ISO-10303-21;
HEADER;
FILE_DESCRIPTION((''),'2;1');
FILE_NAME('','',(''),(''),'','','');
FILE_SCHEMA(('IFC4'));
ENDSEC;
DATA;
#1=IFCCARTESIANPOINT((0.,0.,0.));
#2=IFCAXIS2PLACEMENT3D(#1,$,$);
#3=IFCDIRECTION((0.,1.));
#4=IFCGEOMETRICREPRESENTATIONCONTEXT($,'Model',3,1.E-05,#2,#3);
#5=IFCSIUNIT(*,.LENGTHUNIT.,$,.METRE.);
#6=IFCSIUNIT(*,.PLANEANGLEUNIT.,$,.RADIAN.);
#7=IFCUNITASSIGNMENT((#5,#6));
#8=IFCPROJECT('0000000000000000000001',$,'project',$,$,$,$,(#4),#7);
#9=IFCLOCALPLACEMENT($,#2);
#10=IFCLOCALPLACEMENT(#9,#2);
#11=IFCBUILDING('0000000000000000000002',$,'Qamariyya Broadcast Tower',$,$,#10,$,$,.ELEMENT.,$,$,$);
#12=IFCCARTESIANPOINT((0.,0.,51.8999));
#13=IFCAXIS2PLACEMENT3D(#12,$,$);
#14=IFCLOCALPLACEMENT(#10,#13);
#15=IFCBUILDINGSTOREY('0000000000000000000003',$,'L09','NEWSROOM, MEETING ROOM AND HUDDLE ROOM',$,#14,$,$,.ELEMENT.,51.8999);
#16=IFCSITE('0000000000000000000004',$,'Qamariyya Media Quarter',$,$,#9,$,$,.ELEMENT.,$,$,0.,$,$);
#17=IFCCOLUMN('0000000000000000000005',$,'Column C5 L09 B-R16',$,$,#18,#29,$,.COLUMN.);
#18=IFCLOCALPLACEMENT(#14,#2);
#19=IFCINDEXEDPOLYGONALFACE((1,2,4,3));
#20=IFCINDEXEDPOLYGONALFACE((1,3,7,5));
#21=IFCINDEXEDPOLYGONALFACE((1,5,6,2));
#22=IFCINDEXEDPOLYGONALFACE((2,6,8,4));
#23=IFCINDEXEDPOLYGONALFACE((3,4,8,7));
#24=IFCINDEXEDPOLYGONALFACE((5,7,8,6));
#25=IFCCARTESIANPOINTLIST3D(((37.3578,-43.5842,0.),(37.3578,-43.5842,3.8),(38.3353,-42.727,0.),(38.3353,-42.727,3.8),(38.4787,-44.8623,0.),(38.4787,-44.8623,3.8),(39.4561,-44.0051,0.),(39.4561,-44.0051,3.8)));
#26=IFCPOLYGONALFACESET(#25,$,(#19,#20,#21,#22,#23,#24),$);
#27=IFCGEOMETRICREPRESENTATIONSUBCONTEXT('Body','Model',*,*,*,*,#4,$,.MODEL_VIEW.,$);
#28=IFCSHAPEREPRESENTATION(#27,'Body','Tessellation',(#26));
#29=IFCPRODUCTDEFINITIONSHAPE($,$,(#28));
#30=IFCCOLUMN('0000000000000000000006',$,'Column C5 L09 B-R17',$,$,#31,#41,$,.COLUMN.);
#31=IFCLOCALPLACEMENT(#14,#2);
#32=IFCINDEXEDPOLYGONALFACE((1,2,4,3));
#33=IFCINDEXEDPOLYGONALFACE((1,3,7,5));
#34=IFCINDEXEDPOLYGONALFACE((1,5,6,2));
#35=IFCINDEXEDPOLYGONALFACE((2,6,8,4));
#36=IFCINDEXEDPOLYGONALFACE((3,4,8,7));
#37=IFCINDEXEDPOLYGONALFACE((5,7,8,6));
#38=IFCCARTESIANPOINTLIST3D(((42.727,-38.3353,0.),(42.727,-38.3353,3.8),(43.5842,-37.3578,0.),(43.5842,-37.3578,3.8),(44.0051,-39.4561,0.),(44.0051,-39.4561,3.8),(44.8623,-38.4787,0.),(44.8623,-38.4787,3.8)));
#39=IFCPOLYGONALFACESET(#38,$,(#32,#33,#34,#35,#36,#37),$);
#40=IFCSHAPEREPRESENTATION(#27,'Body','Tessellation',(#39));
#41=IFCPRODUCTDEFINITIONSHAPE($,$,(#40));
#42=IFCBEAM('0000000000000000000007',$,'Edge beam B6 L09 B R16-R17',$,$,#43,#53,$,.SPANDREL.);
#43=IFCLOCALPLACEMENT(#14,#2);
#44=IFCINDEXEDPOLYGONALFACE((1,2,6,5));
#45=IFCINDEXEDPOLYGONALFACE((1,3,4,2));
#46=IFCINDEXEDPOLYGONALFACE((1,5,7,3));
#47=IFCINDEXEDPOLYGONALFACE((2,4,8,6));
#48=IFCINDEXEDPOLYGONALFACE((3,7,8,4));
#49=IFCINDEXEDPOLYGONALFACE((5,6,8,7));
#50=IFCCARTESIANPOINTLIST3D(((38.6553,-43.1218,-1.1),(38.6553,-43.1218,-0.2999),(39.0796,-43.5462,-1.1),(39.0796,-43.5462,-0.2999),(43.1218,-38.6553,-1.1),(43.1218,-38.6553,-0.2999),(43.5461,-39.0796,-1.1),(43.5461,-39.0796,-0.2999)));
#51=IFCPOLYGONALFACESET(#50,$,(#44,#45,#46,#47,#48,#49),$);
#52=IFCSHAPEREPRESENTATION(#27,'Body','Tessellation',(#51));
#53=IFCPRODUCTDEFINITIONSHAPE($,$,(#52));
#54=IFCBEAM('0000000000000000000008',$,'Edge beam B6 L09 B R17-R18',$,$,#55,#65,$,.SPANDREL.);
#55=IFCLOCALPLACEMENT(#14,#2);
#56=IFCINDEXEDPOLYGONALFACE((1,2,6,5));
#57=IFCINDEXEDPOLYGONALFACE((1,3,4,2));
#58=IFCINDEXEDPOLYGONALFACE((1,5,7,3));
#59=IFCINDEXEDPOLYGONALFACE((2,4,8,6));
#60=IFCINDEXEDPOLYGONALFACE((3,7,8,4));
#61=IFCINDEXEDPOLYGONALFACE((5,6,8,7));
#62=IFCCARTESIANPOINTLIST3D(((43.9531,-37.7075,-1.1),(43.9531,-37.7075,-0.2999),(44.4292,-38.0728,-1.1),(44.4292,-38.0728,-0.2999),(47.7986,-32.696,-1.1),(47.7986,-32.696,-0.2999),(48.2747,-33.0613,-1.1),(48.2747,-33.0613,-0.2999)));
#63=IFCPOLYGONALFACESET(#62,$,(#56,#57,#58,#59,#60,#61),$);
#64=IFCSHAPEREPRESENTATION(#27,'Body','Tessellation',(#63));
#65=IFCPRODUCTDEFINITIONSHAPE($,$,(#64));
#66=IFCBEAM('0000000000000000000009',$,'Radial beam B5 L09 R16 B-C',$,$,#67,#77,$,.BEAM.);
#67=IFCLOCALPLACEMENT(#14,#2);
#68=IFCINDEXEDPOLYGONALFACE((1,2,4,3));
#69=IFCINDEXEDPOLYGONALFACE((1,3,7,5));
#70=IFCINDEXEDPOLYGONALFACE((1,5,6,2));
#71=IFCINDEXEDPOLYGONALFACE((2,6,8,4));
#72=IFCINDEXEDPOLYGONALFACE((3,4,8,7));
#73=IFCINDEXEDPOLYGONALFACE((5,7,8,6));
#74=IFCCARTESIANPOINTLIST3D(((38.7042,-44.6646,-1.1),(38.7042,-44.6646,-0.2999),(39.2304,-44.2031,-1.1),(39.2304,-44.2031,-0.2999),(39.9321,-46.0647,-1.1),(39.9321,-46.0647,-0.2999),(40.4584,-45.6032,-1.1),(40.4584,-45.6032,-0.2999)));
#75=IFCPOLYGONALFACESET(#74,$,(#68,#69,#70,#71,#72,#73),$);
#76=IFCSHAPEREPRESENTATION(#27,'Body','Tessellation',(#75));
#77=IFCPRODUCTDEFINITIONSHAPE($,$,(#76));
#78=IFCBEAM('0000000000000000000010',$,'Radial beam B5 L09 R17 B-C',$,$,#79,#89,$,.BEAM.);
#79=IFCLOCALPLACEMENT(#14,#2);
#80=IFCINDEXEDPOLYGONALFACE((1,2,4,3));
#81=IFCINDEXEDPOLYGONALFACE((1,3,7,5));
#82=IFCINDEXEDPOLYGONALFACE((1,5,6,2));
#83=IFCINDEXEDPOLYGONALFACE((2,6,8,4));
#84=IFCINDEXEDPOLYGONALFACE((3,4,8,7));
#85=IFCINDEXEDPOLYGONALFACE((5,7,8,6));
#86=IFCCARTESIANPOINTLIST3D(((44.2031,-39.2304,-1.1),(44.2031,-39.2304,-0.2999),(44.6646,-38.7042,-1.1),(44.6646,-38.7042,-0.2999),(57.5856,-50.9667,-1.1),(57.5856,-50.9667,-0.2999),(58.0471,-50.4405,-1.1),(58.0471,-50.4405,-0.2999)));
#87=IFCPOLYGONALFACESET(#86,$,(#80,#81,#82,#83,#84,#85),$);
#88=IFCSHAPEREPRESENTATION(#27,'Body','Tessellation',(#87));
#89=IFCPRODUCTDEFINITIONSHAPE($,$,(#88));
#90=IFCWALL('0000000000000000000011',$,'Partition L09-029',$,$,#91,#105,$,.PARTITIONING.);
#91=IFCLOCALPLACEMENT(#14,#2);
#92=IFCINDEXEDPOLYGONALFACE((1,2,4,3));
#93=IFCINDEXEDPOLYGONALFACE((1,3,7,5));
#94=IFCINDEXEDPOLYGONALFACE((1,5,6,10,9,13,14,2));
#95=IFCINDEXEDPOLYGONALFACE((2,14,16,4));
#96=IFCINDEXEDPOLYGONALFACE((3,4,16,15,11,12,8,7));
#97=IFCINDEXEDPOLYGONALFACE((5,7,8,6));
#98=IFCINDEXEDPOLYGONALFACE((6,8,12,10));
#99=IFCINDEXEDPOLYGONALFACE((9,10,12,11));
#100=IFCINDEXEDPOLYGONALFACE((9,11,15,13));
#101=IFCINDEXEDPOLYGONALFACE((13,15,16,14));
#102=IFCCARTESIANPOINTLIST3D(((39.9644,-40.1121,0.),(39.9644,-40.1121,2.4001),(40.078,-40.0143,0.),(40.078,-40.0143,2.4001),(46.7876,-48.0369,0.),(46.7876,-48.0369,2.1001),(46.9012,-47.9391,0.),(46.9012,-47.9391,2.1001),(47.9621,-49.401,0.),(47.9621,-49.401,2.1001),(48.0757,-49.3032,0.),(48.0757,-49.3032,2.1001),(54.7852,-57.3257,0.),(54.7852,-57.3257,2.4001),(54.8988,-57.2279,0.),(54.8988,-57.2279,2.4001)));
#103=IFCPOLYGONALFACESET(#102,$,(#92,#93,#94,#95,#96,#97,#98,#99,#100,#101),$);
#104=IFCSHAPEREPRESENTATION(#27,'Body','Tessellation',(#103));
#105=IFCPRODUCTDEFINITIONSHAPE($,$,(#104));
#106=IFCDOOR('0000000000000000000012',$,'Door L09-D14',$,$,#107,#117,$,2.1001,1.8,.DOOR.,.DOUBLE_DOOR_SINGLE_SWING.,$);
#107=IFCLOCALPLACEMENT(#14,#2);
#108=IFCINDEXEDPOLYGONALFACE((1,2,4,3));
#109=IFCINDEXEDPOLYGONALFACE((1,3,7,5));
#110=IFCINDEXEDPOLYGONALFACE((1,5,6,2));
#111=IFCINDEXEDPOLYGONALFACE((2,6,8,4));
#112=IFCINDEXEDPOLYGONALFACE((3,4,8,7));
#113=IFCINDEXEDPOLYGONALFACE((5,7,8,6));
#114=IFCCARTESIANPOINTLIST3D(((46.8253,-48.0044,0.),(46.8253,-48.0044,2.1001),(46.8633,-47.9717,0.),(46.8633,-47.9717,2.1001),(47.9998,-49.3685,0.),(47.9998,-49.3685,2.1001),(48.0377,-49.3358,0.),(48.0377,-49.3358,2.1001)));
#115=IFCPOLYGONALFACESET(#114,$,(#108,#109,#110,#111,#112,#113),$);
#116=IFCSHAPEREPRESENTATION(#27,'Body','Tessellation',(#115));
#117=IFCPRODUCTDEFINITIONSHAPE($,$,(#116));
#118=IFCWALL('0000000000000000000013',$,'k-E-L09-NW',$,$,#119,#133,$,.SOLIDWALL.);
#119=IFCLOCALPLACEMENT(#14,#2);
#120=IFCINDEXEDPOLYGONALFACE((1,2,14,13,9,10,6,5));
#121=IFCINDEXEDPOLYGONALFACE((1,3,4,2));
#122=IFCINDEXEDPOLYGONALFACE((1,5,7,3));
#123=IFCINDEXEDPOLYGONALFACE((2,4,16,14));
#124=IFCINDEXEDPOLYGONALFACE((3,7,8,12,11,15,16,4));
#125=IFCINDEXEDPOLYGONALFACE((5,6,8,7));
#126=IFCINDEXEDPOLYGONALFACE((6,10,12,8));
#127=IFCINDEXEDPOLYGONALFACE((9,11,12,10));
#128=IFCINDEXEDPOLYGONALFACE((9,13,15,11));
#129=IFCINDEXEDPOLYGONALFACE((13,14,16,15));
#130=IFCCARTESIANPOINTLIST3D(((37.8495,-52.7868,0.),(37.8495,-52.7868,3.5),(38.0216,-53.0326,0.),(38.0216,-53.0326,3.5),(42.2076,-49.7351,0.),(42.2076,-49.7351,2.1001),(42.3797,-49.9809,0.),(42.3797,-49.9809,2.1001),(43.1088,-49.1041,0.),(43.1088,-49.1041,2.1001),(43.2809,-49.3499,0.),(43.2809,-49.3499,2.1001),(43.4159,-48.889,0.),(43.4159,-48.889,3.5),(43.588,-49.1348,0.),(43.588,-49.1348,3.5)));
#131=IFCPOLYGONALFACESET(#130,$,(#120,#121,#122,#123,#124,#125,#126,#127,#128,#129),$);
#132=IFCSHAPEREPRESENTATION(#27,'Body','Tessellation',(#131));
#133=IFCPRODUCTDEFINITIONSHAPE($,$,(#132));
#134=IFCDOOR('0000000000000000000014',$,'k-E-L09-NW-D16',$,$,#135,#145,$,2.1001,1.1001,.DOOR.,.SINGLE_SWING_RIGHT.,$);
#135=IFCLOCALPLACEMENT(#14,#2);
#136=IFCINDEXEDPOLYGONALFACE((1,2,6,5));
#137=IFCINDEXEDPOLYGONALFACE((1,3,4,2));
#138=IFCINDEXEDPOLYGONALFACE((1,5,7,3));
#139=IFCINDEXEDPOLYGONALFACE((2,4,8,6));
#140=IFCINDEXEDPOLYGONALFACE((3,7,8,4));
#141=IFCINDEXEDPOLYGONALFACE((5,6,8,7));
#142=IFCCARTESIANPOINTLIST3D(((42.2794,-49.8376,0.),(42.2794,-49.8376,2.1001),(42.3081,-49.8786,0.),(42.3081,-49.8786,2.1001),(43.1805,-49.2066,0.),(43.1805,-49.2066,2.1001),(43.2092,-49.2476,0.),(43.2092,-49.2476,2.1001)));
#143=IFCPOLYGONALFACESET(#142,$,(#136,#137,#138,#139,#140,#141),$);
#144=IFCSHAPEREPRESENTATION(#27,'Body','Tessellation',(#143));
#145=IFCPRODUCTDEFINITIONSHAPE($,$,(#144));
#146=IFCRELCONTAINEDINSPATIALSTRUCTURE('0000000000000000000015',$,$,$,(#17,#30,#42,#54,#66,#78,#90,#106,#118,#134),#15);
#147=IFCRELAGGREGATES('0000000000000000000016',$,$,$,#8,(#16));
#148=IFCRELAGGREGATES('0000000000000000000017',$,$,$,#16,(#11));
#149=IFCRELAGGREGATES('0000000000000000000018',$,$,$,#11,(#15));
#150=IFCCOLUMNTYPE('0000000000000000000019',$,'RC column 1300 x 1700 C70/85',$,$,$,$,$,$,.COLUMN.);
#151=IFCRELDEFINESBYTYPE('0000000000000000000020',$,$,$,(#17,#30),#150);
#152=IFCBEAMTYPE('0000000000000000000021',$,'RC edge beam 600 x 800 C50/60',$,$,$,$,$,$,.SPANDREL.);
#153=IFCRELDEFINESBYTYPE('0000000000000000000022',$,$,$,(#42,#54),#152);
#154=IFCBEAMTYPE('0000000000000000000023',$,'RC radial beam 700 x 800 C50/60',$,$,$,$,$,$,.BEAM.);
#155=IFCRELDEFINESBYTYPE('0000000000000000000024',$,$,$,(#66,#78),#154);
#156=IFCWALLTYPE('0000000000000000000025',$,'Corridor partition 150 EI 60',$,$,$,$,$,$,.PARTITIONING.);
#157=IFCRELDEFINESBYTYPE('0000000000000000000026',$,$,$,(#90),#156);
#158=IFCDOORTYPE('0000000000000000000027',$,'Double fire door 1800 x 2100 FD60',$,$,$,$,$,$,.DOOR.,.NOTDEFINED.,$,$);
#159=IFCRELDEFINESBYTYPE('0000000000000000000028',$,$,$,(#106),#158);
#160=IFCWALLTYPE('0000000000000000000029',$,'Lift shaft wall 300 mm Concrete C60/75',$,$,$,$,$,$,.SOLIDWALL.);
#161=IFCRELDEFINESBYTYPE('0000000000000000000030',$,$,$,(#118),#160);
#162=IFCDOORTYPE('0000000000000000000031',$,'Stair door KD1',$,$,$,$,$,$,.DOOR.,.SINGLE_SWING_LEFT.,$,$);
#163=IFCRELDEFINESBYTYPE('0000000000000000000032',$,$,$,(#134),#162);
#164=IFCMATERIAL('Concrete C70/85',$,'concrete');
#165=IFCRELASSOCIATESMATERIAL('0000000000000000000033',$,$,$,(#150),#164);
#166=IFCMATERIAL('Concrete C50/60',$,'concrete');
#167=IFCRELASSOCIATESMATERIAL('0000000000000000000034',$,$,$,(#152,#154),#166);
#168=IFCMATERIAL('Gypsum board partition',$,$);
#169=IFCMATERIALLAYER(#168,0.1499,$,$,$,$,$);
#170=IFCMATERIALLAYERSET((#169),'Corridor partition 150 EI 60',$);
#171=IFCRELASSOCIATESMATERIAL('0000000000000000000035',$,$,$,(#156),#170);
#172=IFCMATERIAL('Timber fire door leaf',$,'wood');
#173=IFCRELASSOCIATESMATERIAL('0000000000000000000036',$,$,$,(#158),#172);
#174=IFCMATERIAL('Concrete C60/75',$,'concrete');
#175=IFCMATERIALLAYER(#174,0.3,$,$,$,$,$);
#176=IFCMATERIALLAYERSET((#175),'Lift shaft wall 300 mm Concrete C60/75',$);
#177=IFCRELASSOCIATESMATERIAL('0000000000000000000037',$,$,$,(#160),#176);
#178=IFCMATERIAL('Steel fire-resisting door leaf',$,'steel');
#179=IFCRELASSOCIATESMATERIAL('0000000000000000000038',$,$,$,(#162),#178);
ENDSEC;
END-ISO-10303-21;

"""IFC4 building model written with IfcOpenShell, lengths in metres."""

from ifc_helpers import new_model, si_unit, direction, frame, frame_2d, origin, origin_2d, place, context, subcontext, project, spatial, rectangle, extrude, material, layer, layer_set, material_profile, profile_set, type_object, element, fill, save


model = new_model("IFC4")

# Units and contexts
model_context = context("Model", 3, precision=1e-05, world=origin(), true_north=direction((0.0, 1.0)))
body_context = subcontext(model_context, "Body", "Model", "MODEL_VIEW")
ifc_project = project(units=[si_unit("LENGTHUNIT", "METRE"), si_unit("PLANEANGLEUNIT", "RADIAN")], contexts=[model_context])

# Site, building, storey
site_placement = place(None, origin())
site = spatial("IfcSite", under=ifc_project, at=site_placement, Name="Qamariyya Media Quarter", CompositionType="ELEMENT", RefElevation=0.0)
building_placement = place(site_placement, origin())
building = spatial("IfcBuilding", under=site, at=building_placement, Name="Qamariyya Broadcast Tower", CompositionType="ELEMENT")
storey_placement = place(building_placement, frame((0.0, 0.0, 51.8999)))
storey = spatial("IfcBuildingStorey", under=building, at=storey_placement, Name="L09", Description="NEWSROOM, MEETING ROOM AND HUDDLE ROOM", CompositionType="ELEMENT", Elevation=51.8999)

# Columns
ifc_material_1 = material(Name="Concrete C70/85", Category="concrete")
ifc_material_profile_1 = material_profile(ifc_material_1, rectangle(XDim=1.3, YDim=1.7, at=origin_2d()))
ifc_profile_set_1 = profile_set([ifc_material_profile_1], Name="Concrete C70/85")
column_type = type_object("IfcColumnType", Name="RC column 1300 x 1700 C70/85", PredefinedType="COLUMN", material=ifc_profile_set_1)
for number, where, z_axis, x_axis, name in (
    (1, (38.407, -43.7947, 0.0), (0.0, 0.0, 1.0), (0.75184, 0.659346, 0.0), "Column C5 L09 B-R16"),
    (2, (43.7947, -38.407, 0.0), (0.0, 0.0, 1.0), (0.659346, 0.75184, 0.0), "Column C5 L09 B-R17"),
):
    element("IfcColumn", number, at=place(storey_placement, frame(where, z_axis=z_axis, x_axis=x_axis)), inside=storey, type_object=column_type, Name=name, PredefinedType="COLUMN", context=body_context, shape_type="SweptSolid", body=[
        extrude(rectangle(XDim=1.3, YDim=1.7, at=origin_2d()), origin(), (0.0, 0.0, 1.0), 3.8),
    ])

# Beams
ifc_material_2 = material(Name="Concrete C50/60", Category="concrete")
ifc_material_profile_2 = material_profile(ifc_material_2, rectangle(XDim=0.6001, YDim=0.8, at=origin_2d()))
ifc_profile_set_2 = profile_set([ifc_material_profile_2], Name="Concrete C50/60")
beam_type_1 = type_object("IfcBeamType", Name="RC edge beam 600 x 800 C50/60", PredefinedType="SPANDREL", material=ifc_profile_set_2)
beam_1_placement = place(storey_placement, frame((38.8674, -43.334, -0.7), z_axis=(0.707107, 0.707107, 0.0), x_axis=(-0.707107, 0.707107, 0.0)))
element("IfcBeam", 3, at=beam_1_placement, inside=storey, type_object=beam_type_1, Name="Edge beam B6 L09 B R16-R17", PredefinedType="SPANDREL", context=body_context, shape_type="SweptSolid", body=[
    extrude(rectangle(XDim=0.6001, YDim=0.8, at=origin_2d()), origin(), (0.0, 0.0, 1.0), 6.3167),
])
beam_2_placement = place(storey_placement, frame((44.1912, -37.8901, -0.7), z_axis=(0.608763, 0.793352, 0.0), x_axis=(-0.793352, 0.608763, 0.0)))
element("IfcBeam", 4, at=beam_2_placement, inside=storey, type_object=beam_type_1, Name="Edge beam B6 L09 B R17-R18", PredefinedType="SPANDREL", context=body_context, shape_type="SweptSolid", body=[
    extrude(rectangle(XDim=0.6001, YDim=0.8, at=origin_2d()), origin(), (0.0, 0.0, 1.0), 6.3169),
])
ifc_material_profile_3 = material_profile(ifc_material_2, rectangle(XDim=0.7, YDim=0.8, at=origin_2d()))
ifc_profile_set_3 = profile_set([ifc_material_profile_3], Name="Concrete C50/60")
beam_type_2 = type_object("IfcBeamType", Name="RC radial beam 700 x 800 C50/60", PredefinedType="BEAM", material=ifc_profile_set_3)
beam_3_placement = place(storey_placement, frame((38.9673, -44.4338, -0.7), z_axis=(0.659386, -0.751805, 0.0), x_axis=(0.751805, 0.659386, 0.0)))
element("IfcBeam", 5, at=beam_3_placement, inside=storey, type_object=beam_type_2, Name="Radial beam B5 L09 R16 B-C", PredefinedType="BEAM", context=body_context, shape_type="SweptSolid", body=[
    extrude(rectangle(XDim=0.7, YDim=0.8, at=origin_2d()), origin(), (0.0, 0.0, 1.0), 1.8623),
])
beam_4_placement = place(storey_placement, frame((44.4338, -38.9673, -0.7), z_axis=(0.751836, -0.65935, 0.0), x_axis=(0.65935, 0.751836, 0.0)))
element("IfcBeam", 6, at=beam_4_placement, inside=storey, type_object=beam_type_2, Name="Radial beam B5 L09 R17 B-C", PredefinedType="BEAM", context=body_context, shape_type="SweptSolid", body=[
    extrude(rectangle(XDim=0.7, YDim=0.8, at=origin_2d()), origin(), (0.0, 0.0, 1.0), 17.7998),
])

# Walls, openings, doors
ifc_material_3 = material(Name="Gypsum board partition")
ifc_layer_1 = layer(ifc_material_3, 0.1499)
ifc_layer_set_1 = layer_set([ifc_layer_1], Name="Corridor partition 150 EI 60")
wall_type_1 = type_object("IfcWallType", Name="Corridor partition 150 EI 60", PredefinedType="PARTITIONING", material=ifc_layer_set_1)
wall_1_placement = place(storey_placement, frame((40.0212, -40.0632, 0.0), z_axis=(0.0, 0.0, 1.0), x_axis=(0.652472, -0.757813, 0.0)))
wall_1 = element("IfcWall", 7, at=wall_1_placement, inside=storey, type_object=wall_type_1, Name="Partition L09-029", PredefinedType="PARTITIONING", context=body_context, shape_type="SweptSolid", body=[
    extrude(rectangle(XDim=22.7148, YDim=0.1499, at=frame_2d((11.3574, 0.0))), origin(), (0.0, 0.0, 1.0), 2.4001),
])
opening_1_placement = place(wall_1_placement, frame((10.4575, 0.0, 0.0)))
opening_1 = element("IfcOpeningElement", 8, at=opening_1_placement, cuts=wall_1, PredefinedType="OPENING", context=body_context, shape_type="SweptSolid", body=[
    extrude(rectangle(XDim=1.8, YDim=2.1001, at=frame_2d((0.8999, 1.05))), frame((0.0, 0.085, 0.0), z_axis=(0.0, -1.0, 0.0), x_axis=(1.0, 0.0, 0.0)), (0.0, 0.0, 1.0), 0.1699),
])
ifc_material_4 = material(Name="Timber fire door leaf", Category="wood")
door_type_1 = type_object("IfcDoorType", Name="Double fire door 1800 x 2100 FD60", OperationType="NOTDEFINED", PredefinedType="DOOR", material=ifc_material_4)
door_1_placement = place(opening_1_placement, origin())
door_1 = element("IfcDoor", 9, at=door_1_placement, inside=storey, type_object=door_type_1, Name="Door L09-D14", OperationType="DOUBLE_DOOR_SINGLE_SWING", OverallHeight=2.1001, OverallWidth=1.8, PredefinedType="DOOR", context=body_context, shape_type="SweptSolid", body=[
    extrude(rectangle(XDim=1.8, YDim=2.1001, at=frame_2d((0.8999, 1.05))), frame((0.0, 0.0249, 0.0), z_axis=(0.0, -1.0, 0.0), x_axis=(1.0, 0.0, 0.0)), (0.0, 0.0, 1.0), 0.05),
])
fill(opening_1, door_1)
ifc_material_5 = material(Name="Concrete C60/75", Category="concrete")
ifc_layer_2 = layer(ifc_material_5, 0.3)
ifc_layer_set_2 = layer_set([ifc_layer_2], Name="Lift shaft wall 300 mm Concrete C60/75")
wall_type_2 = type_object("IfcWallType", Name="Lift shaft wall 300 mm Concrete C60/75", PredefinedType="SOLIDWALL", material=ifc_layer_set_2)
wall_2_placement = place(storey_placement, frame((37.9355, -52.9097, 0.0), z_axis=(0.0, 0.0, 1.0), x_axis=(0.819148, 0.573583, 0.0)))
wall_2 = element("IfcWall", 10, at=wall_2_placement, inside=storey, type_object=wall_type_2, Name="k-E-L09-NW", PredefinedType="SOLIDWALL", context=body_context, shape_type="SweptSolid", body=[
    extrude(rectangle(XDim=6.7954, YDim=0.3, at=frame_2d((3.3977, 0.0))), origin(), (0.0, 0.0, 1.0), 3.5),
])
opening_2_placement = place(wall_2_placement, frame((5.3203, 0.0, 0.0)))
opening_2 = element("IfcOpeningElement", 11, at=opening_2_placement, cuts=wall_2, PredefinedType="OPENING", context=body_context, shape_type="SweptSolid", body=[
    extrude(rectangle(XDim=1.1001, YDim=2.1001, at=frame_2d((0.55, 1.05))), frame((0.0, 0.1599, 0.0), z_axis=(0.0, -1.0, 0.0), x_axis=(1.0, 0.0, 0.0)), (0.0, 0.0, 1.0), 0.3201),
])
ifc_material_6 = material(Name="Steel fire-resisting door leaf", Category="steel")
door_type_2 = type_object("IfcDoorType", Name="Stair door KD1", OperationType="SINGLE_SWING_LEFT", PredefinedType="DOOR", material=ifc_material_6)
door_2_placement = place(opening_2_placement, origin())
door_2 = element("IfcDoor", 12, at=door_2_placement, inside=storey, type_object=door_type_2, Name="k-E-L09-NW-D16", OperationType="SINGLE_SWING_RIGHT", OverallHeight=2.1001, OverallWidth=1.1001, PredefinedType="DOOR", context=body_context, shape_type="SweptSolid", body=[
    extrude(rectangle(XDim=1.1001, YDim=2.1001, at=frame_2d((0.55, 1.05))), frame((0.0, 0.0249, 0.0), z_axis=(0.0, -1.0, 0.0), x_axis=(1.0, 0.0, 0.0)), (0.0, 0.0, 1.0), 0.05),
])
fill(opening_2, door_2)

save(model, "model.ifc")
